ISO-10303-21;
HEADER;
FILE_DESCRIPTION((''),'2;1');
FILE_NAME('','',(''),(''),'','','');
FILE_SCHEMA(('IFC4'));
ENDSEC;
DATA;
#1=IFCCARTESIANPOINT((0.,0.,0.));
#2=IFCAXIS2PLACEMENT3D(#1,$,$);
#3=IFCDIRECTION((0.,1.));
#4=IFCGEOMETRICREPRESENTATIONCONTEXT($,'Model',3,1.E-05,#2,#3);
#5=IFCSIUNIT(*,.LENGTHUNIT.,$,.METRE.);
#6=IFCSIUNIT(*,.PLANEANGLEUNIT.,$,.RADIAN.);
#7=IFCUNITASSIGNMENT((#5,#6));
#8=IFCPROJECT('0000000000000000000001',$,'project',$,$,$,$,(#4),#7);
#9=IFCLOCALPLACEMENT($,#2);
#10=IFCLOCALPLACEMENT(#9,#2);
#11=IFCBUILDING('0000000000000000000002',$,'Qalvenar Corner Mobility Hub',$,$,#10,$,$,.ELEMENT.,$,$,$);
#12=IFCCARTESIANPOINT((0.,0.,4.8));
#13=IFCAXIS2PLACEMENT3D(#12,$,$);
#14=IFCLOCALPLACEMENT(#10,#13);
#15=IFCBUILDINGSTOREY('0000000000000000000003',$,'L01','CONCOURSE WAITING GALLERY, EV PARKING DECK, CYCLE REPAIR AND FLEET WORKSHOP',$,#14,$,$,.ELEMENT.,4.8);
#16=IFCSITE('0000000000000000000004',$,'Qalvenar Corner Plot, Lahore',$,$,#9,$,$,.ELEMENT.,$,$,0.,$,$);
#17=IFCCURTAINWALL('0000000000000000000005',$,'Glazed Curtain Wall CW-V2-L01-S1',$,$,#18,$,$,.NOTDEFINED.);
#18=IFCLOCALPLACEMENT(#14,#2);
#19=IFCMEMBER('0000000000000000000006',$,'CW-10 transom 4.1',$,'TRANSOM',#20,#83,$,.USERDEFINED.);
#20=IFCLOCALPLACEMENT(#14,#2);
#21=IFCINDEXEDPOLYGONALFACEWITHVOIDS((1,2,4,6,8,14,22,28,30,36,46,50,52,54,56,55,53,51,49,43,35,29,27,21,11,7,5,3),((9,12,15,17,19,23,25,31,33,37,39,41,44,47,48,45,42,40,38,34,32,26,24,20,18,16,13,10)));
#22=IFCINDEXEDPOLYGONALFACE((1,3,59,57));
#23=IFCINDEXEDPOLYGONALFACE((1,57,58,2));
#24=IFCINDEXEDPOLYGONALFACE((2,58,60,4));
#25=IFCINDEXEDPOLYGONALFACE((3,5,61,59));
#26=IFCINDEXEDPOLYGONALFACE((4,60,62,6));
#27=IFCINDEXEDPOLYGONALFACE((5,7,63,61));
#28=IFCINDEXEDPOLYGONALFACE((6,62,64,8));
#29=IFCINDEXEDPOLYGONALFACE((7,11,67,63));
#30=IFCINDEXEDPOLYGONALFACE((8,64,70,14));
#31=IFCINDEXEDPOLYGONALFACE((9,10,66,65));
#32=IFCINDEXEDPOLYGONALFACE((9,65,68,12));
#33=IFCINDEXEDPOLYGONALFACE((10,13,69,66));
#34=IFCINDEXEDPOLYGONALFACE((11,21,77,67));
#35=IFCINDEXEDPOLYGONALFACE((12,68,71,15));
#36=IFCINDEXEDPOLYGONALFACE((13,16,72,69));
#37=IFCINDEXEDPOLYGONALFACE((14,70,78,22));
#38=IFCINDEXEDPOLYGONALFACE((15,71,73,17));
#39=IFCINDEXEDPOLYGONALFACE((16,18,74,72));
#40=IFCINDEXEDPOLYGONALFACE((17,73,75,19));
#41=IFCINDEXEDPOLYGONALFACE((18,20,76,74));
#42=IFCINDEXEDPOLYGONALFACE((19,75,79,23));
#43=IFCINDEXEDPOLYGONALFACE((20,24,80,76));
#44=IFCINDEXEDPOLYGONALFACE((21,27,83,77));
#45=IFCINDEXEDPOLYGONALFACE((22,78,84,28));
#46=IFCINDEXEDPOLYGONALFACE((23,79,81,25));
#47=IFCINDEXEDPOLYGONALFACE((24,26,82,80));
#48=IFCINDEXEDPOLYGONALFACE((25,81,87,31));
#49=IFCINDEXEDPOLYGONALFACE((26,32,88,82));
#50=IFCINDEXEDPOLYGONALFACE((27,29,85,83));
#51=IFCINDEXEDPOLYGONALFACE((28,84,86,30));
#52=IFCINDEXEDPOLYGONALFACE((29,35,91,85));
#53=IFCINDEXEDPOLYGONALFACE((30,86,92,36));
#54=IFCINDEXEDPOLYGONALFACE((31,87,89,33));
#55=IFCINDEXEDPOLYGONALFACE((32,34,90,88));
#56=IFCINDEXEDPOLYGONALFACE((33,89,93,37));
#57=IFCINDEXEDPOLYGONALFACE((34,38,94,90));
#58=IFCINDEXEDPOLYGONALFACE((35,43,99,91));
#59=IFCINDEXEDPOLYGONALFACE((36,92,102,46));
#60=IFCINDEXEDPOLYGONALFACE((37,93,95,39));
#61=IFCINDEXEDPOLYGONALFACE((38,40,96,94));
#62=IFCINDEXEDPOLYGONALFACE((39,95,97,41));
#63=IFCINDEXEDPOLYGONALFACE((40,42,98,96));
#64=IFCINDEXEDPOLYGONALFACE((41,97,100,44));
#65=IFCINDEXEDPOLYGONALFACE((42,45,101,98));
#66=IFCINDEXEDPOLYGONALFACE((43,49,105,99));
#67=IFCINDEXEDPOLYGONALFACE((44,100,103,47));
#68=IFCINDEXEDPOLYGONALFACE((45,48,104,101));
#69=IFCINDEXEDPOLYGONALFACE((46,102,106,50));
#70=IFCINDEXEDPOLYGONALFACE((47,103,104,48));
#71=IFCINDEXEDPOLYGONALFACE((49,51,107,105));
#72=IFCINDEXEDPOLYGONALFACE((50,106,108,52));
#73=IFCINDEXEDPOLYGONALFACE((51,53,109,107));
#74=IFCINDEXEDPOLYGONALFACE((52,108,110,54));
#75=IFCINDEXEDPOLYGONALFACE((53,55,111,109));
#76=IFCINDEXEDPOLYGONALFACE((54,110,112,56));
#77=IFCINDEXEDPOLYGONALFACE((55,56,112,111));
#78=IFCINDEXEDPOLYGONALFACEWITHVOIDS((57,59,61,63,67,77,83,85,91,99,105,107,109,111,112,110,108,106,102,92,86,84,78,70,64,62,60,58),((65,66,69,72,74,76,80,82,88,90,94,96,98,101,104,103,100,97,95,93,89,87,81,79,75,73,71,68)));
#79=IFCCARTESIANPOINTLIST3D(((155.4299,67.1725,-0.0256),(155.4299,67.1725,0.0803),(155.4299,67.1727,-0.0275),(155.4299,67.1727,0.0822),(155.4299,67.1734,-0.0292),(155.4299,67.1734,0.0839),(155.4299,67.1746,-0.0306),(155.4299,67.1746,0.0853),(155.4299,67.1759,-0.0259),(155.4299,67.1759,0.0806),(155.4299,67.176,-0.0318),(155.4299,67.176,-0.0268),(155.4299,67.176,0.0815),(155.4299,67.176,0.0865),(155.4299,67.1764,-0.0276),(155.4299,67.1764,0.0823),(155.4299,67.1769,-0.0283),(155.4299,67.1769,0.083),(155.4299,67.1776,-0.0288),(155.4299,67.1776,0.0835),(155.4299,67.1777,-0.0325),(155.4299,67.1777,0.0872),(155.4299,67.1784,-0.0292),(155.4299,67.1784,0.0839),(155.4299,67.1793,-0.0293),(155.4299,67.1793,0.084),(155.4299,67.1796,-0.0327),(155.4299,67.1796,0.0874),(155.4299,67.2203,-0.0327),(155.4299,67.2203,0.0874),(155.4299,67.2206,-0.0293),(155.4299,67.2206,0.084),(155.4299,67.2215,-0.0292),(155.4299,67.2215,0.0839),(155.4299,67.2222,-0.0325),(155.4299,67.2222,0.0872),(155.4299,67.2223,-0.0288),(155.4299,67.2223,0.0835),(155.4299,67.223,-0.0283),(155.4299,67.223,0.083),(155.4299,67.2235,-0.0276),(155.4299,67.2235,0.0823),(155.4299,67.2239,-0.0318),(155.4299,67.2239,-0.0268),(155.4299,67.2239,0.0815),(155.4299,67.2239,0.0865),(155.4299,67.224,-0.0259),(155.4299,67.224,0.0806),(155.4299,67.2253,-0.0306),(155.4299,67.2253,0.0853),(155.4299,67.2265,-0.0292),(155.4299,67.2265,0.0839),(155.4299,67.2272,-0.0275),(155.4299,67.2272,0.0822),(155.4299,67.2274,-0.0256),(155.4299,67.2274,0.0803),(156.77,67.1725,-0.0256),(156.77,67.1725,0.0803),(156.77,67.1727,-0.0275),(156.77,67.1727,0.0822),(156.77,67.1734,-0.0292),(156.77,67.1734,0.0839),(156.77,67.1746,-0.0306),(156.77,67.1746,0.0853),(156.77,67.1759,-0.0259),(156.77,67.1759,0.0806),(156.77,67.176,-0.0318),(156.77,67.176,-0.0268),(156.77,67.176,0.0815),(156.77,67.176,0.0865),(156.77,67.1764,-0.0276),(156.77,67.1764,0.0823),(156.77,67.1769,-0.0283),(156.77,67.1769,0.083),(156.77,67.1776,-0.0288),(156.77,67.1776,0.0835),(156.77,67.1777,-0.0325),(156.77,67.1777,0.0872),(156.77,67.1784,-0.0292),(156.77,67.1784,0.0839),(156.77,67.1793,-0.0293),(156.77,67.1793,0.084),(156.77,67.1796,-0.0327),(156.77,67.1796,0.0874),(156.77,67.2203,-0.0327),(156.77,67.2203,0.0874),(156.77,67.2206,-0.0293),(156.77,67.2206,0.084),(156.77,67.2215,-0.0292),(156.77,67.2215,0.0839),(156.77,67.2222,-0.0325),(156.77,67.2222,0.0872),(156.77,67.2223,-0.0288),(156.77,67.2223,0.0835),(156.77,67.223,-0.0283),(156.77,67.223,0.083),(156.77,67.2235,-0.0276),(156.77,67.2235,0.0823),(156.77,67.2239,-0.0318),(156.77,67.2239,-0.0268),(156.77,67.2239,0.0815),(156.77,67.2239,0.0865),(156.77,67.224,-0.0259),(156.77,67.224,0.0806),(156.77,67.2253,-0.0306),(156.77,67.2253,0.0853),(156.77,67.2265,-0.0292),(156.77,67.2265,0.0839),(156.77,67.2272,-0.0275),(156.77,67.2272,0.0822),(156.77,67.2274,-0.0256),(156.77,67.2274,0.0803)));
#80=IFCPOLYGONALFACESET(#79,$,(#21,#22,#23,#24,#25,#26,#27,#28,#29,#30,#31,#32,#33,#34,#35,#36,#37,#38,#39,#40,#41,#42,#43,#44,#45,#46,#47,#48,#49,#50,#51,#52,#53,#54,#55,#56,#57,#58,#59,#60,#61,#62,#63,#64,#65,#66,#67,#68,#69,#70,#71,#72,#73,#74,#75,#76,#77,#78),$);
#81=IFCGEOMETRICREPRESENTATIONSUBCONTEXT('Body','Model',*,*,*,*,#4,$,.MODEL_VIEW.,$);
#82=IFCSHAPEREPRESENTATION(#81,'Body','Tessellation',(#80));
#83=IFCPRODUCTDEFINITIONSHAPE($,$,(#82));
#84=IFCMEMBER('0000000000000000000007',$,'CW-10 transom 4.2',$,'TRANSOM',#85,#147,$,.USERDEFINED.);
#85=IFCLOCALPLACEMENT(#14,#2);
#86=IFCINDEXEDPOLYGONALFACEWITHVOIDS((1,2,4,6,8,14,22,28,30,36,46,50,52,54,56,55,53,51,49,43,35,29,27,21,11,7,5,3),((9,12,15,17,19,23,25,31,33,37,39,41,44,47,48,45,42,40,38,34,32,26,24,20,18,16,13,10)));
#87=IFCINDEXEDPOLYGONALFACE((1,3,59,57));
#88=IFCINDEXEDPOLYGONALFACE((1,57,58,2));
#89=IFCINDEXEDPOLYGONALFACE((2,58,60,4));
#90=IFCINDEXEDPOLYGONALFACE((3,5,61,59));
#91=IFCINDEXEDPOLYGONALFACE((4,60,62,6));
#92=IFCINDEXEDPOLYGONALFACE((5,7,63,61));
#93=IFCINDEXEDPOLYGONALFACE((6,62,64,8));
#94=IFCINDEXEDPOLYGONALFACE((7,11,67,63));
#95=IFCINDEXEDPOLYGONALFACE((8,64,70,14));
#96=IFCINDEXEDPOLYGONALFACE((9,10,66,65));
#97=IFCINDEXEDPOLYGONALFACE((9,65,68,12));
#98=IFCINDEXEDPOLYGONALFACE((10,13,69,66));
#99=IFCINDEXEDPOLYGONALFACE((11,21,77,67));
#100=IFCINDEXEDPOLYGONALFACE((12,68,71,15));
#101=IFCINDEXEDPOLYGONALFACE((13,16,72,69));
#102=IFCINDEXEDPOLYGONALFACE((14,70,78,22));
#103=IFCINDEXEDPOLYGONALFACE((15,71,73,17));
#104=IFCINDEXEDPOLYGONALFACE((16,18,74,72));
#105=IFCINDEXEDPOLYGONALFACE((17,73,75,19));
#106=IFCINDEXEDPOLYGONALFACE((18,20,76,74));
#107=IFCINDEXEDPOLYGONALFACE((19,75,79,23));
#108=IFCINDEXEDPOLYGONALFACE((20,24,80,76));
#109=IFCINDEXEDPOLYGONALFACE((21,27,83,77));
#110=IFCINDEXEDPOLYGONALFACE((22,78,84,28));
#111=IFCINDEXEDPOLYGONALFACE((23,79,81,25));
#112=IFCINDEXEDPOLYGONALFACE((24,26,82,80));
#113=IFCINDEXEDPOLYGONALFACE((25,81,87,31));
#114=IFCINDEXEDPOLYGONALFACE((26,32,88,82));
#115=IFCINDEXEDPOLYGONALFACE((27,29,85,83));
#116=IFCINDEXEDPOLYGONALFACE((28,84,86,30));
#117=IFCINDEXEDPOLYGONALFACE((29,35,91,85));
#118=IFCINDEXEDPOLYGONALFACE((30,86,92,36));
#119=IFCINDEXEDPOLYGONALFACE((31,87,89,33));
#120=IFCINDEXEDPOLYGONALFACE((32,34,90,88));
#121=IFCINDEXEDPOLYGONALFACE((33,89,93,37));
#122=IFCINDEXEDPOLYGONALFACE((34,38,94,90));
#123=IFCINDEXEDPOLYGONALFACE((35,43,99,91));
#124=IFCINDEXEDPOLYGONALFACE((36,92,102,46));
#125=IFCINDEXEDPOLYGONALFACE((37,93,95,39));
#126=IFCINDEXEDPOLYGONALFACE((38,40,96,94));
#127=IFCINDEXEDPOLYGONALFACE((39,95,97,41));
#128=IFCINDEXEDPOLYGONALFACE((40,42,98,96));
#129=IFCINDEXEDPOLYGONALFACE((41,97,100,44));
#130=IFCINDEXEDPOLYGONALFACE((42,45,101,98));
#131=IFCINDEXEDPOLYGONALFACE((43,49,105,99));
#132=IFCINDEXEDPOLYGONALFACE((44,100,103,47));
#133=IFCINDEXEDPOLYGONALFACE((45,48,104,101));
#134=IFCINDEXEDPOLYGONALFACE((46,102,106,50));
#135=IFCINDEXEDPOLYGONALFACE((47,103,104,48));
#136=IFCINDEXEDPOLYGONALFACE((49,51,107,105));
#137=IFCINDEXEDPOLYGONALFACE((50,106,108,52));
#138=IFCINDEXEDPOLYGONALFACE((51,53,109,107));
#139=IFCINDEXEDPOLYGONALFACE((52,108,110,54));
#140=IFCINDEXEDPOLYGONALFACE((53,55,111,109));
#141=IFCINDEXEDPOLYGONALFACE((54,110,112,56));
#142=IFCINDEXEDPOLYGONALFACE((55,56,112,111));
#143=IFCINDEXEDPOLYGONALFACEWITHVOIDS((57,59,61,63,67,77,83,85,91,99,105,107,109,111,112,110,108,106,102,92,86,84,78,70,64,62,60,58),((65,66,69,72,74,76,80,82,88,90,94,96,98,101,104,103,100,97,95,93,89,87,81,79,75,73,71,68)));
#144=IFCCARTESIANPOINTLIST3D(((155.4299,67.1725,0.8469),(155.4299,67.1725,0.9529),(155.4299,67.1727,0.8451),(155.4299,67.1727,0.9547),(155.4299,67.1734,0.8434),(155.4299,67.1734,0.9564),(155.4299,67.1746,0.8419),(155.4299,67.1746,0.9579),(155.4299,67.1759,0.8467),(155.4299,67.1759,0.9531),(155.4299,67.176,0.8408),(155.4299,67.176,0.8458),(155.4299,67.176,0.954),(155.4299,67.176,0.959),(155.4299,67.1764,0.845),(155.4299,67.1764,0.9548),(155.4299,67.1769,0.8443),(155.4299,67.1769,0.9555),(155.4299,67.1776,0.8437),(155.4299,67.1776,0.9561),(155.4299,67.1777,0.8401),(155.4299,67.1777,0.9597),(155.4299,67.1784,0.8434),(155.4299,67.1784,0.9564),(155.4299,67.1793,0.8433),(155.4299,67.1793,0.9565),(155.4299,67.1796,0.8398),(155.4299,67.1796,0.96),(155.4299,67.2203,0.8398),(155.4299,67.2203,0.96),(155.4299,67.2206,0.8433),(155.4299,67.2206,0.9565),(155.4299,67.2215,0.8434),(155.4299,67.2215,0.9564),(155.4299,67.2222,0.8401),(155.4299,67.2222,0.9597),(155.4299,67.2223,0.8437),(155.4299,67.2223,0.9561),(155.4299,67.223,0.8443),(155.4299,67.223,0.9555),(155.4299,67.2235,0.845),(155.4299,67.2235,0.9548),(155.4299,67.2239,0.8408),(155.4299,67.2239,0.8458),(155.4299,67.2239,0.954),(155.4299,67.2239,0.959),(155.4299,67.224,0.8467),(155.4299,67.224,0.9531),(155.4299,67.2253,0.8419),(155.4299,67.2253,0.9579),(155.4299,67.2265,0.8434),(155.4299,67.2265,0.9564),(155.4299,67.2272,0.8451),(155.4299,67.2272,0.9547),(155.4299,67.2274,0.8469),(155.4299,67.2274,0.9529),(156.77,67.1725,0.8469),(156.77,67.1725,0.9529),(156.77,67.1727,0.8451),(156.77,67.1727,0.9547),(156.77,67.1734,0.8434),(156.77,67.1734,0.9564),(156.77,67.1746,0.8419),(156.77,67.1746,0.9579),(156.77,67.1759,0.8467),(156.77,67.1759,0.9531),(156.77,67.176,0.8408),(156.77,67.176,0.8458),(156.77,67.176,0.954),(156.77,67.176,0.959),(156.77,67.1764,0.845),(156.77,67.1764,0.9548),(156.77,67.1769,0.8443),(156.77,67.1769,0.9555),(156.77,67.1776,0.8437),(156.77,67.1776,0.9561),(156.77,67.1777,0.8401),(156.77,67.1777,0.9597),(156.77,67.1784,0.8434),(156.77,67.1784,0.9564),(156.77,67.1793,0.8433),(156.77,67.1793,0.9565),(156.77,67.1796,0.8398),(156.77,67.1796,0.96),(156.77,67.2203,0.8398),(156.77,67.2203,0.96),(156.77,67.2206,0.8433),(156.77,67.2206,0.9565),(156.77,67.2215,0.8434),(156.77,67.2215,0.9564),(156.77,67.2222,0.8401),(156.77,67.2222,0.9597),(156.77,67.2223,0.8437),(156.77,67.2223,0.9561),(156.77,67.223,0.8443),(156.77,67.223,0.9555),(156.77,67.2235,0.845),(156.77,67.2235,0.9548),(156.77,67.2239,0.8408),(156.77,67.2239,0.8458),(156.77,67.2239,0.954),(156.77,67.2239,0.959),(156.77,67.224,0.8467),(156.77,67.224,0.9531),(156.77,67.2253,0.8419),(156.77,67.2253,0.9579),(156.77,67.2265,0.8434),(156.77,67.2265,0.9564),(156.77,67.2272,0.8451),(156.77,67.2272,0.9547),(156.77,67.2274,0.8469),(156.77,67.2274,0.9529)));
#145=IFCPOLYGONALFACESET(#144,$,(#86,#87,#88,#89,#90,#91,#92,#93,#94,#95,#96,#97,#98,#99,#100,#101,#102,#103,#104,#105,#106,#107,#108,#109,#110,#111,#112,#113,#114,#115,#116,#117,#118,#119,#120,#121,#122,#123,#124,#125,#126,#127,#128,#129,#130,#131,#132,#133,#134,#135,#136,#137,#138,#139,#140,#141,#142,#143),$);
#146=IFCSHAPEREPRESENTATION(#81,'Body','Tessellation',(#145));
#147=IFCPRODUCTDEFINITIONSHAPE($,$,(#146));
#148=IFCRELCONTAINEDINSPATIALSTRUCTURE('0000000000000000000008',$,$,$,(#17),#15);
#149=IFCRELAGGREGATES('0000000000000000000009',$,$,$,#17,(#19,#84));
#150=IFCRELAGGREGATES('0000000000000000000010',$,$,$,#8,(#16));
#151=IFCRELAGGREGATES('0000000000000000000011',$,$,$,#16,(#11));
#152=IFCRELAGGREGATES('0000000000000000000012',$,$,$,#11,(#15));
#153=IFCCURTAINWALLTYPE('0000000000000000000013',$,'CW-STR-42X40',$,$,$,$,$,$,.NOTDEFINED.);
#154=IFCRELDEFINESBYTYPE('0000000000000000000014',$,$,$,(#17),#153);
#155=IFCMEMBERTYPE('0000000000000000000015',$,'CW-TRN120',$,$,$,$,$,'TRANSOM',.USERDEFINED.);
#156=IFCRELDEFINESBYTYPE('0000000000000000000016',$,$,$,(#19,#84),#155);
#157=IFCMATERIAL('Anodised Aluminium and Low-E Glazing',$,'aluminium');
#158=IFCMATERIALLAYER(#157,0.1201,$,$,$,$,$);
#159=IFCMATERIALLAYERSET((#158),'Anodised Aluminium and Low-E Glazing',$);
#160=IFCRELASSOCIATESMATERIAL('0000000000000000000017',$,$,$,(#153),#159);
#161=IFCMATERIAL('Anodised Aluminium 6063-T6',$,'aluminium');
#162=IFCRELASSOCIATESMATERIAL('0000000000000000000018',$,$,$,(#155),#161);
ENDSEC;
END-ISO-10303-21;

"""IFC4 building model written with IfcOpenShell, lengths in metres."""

from ifc_helpers import new_model, si_unit, direction, frame, origin, origin_2d, place, context, subcontext, project, spatial, hollow_rectangle, extrude, material, layer, layer_set, material_profile, profile_set, type_object, element, aggregate, save


model = new_model("IFC4")

# Units and contexts
model_context = context("Model", 3, precision=1e-05, world=origin(), true_north=direction((0.0, 1.0)))
body_context = subcontext(model_context, "Body", "Model", "MODEL_VIEW")
ifc_project = project(units=[si_unit("LENGTHUNIT", "METRE"), si_unit("PLANEANGLEUNIT", "RADIAN")], contexts=[model_context])

# Site, building, storey
site_placement = place(None, origin())
site = spatial("IfcSite", under=ifc_project, at=site_placement, Name="Qalvenar Corner Plot, Lahore", CompositionType="ELEMENT", RefElevation=0.0)
building_placement = place(site_placement, origin())
building = spatial("IfcBuilding", under=site, at=building_placement, Name="Qalvenar Corner Mobility Hub", CompositionType="ELEMENT")
storey_placement = place(building_placement, frame((0.0, 0.0, 4.8)))
storey = spatial("IfcBuildingStorey", under=building, at=storey_placement, Name="L01", Description="CONCOURSE WAITING GALLERY, EV PARKING DECK, CYCLE REPAIR AND FLEET WORKSHOP", CompositionType="ELEMENT", Elevation=4.8)

# Curtain wall, members
ifc_material_1 = material(Name="Anodised Aluminium and Low-E Glazing", Category="aluminium")
ifc_layer_1 = layer(ifc_material_1, 0.1201)
ifc_layer_set_1 = layer_set([ifc_layer_1], Name="Anodised Aluminium and Low-E Glazing")
curtain_wall_type = type_object("IfcCurtainWallType", Name="CW-STR-42X40", PredefinedType="NOTDEFINED", material=ifc_layer_set_1)
curtain_wall_placement = place(storey_placement, origin())
curtain_wall = element("IfcCurtainWall", 1, at=curtain_wall_placement, inside=storey, type_object=curtain_wall_type, Name="Glazed Curtain Wall CW-V2-L01-S1", PredefinedType="NOTDEFINED")
ifc_material_2 = material(Name="Anodised Aluminium 6063-T6", Category="aluminium")
ifc_material_profile_1 = material_profile(ifc_material_2, hollow_rectangle(XDim=0.0549, YDim=0.1201, WallThickness=0.0034, InnerFilletRadius=0.0034, OuterFilletRadius=0.0071, at=origin_2d()), Name="RHS120x55x3.5")
ifc_profile_set_1 = profile_set([ifc_material_profile_1], Name="Anodised Aluminium 6063-T6")
member_type_1 = type_object("IfcMemberType", Name="CW-TRN120", ElementType="TRANSOM", PredefinedType="USERDEFINED", material=ifc_profile_set_1)
member_1_placement = place(storey_placement, frame((155.4299, 67.2, 0.0273), z_axis=(1.0, 0.0, 0.0), x_axis=(0.0, 1.0, 0.0)))
member_1 = element("IfcMember", 2, at=member_1_placement, type_object=member_type_1, Name="CW-10 transom 4.1", ObjectType="TRANSOM", PredefinedType="USERDEFINED", context=body_context, shape_type="SweptSolid", body=[
    extrude(hollow_rectangle(XDim=0.0549, YDim=0.1201, WallThickness=0.0034, InnerFilletRadius=0.0034, OuterFilletRadius=0.0071, at=origin_2d()), origin(), (0.0, 0.0, 1.0), 1.3401),
])
member_2_placement = place(storey_placement, frame((155.4299, 67.2, 0.8999), z_axis=(1.0, 0.0, 0.0), x_axis=(0.0, 1.0, 0.0)))
member_2 = element("IfcMember", 3, at=member_2_placement, type_object=member_type_1, Name="CW-10 transom 4.2", ObjectType="TRANSOM", PredefinedType="USERDEFINED", context=body_context, shape_type="SweptSolid", body=[
    extrude(hollow_rectangle(XDim=0.0549, YDim=0.1201, WallThickness=0.0034, InnerFilletRadius=0.0034, OuterFilletRadius=0.0071, at=origin_2d()), origin(), (0.0, 0.0, 1.0), 1.3401),
])
aggregate(curtain_wall, [member_1, member_2])

save(model, "model.ifc")
